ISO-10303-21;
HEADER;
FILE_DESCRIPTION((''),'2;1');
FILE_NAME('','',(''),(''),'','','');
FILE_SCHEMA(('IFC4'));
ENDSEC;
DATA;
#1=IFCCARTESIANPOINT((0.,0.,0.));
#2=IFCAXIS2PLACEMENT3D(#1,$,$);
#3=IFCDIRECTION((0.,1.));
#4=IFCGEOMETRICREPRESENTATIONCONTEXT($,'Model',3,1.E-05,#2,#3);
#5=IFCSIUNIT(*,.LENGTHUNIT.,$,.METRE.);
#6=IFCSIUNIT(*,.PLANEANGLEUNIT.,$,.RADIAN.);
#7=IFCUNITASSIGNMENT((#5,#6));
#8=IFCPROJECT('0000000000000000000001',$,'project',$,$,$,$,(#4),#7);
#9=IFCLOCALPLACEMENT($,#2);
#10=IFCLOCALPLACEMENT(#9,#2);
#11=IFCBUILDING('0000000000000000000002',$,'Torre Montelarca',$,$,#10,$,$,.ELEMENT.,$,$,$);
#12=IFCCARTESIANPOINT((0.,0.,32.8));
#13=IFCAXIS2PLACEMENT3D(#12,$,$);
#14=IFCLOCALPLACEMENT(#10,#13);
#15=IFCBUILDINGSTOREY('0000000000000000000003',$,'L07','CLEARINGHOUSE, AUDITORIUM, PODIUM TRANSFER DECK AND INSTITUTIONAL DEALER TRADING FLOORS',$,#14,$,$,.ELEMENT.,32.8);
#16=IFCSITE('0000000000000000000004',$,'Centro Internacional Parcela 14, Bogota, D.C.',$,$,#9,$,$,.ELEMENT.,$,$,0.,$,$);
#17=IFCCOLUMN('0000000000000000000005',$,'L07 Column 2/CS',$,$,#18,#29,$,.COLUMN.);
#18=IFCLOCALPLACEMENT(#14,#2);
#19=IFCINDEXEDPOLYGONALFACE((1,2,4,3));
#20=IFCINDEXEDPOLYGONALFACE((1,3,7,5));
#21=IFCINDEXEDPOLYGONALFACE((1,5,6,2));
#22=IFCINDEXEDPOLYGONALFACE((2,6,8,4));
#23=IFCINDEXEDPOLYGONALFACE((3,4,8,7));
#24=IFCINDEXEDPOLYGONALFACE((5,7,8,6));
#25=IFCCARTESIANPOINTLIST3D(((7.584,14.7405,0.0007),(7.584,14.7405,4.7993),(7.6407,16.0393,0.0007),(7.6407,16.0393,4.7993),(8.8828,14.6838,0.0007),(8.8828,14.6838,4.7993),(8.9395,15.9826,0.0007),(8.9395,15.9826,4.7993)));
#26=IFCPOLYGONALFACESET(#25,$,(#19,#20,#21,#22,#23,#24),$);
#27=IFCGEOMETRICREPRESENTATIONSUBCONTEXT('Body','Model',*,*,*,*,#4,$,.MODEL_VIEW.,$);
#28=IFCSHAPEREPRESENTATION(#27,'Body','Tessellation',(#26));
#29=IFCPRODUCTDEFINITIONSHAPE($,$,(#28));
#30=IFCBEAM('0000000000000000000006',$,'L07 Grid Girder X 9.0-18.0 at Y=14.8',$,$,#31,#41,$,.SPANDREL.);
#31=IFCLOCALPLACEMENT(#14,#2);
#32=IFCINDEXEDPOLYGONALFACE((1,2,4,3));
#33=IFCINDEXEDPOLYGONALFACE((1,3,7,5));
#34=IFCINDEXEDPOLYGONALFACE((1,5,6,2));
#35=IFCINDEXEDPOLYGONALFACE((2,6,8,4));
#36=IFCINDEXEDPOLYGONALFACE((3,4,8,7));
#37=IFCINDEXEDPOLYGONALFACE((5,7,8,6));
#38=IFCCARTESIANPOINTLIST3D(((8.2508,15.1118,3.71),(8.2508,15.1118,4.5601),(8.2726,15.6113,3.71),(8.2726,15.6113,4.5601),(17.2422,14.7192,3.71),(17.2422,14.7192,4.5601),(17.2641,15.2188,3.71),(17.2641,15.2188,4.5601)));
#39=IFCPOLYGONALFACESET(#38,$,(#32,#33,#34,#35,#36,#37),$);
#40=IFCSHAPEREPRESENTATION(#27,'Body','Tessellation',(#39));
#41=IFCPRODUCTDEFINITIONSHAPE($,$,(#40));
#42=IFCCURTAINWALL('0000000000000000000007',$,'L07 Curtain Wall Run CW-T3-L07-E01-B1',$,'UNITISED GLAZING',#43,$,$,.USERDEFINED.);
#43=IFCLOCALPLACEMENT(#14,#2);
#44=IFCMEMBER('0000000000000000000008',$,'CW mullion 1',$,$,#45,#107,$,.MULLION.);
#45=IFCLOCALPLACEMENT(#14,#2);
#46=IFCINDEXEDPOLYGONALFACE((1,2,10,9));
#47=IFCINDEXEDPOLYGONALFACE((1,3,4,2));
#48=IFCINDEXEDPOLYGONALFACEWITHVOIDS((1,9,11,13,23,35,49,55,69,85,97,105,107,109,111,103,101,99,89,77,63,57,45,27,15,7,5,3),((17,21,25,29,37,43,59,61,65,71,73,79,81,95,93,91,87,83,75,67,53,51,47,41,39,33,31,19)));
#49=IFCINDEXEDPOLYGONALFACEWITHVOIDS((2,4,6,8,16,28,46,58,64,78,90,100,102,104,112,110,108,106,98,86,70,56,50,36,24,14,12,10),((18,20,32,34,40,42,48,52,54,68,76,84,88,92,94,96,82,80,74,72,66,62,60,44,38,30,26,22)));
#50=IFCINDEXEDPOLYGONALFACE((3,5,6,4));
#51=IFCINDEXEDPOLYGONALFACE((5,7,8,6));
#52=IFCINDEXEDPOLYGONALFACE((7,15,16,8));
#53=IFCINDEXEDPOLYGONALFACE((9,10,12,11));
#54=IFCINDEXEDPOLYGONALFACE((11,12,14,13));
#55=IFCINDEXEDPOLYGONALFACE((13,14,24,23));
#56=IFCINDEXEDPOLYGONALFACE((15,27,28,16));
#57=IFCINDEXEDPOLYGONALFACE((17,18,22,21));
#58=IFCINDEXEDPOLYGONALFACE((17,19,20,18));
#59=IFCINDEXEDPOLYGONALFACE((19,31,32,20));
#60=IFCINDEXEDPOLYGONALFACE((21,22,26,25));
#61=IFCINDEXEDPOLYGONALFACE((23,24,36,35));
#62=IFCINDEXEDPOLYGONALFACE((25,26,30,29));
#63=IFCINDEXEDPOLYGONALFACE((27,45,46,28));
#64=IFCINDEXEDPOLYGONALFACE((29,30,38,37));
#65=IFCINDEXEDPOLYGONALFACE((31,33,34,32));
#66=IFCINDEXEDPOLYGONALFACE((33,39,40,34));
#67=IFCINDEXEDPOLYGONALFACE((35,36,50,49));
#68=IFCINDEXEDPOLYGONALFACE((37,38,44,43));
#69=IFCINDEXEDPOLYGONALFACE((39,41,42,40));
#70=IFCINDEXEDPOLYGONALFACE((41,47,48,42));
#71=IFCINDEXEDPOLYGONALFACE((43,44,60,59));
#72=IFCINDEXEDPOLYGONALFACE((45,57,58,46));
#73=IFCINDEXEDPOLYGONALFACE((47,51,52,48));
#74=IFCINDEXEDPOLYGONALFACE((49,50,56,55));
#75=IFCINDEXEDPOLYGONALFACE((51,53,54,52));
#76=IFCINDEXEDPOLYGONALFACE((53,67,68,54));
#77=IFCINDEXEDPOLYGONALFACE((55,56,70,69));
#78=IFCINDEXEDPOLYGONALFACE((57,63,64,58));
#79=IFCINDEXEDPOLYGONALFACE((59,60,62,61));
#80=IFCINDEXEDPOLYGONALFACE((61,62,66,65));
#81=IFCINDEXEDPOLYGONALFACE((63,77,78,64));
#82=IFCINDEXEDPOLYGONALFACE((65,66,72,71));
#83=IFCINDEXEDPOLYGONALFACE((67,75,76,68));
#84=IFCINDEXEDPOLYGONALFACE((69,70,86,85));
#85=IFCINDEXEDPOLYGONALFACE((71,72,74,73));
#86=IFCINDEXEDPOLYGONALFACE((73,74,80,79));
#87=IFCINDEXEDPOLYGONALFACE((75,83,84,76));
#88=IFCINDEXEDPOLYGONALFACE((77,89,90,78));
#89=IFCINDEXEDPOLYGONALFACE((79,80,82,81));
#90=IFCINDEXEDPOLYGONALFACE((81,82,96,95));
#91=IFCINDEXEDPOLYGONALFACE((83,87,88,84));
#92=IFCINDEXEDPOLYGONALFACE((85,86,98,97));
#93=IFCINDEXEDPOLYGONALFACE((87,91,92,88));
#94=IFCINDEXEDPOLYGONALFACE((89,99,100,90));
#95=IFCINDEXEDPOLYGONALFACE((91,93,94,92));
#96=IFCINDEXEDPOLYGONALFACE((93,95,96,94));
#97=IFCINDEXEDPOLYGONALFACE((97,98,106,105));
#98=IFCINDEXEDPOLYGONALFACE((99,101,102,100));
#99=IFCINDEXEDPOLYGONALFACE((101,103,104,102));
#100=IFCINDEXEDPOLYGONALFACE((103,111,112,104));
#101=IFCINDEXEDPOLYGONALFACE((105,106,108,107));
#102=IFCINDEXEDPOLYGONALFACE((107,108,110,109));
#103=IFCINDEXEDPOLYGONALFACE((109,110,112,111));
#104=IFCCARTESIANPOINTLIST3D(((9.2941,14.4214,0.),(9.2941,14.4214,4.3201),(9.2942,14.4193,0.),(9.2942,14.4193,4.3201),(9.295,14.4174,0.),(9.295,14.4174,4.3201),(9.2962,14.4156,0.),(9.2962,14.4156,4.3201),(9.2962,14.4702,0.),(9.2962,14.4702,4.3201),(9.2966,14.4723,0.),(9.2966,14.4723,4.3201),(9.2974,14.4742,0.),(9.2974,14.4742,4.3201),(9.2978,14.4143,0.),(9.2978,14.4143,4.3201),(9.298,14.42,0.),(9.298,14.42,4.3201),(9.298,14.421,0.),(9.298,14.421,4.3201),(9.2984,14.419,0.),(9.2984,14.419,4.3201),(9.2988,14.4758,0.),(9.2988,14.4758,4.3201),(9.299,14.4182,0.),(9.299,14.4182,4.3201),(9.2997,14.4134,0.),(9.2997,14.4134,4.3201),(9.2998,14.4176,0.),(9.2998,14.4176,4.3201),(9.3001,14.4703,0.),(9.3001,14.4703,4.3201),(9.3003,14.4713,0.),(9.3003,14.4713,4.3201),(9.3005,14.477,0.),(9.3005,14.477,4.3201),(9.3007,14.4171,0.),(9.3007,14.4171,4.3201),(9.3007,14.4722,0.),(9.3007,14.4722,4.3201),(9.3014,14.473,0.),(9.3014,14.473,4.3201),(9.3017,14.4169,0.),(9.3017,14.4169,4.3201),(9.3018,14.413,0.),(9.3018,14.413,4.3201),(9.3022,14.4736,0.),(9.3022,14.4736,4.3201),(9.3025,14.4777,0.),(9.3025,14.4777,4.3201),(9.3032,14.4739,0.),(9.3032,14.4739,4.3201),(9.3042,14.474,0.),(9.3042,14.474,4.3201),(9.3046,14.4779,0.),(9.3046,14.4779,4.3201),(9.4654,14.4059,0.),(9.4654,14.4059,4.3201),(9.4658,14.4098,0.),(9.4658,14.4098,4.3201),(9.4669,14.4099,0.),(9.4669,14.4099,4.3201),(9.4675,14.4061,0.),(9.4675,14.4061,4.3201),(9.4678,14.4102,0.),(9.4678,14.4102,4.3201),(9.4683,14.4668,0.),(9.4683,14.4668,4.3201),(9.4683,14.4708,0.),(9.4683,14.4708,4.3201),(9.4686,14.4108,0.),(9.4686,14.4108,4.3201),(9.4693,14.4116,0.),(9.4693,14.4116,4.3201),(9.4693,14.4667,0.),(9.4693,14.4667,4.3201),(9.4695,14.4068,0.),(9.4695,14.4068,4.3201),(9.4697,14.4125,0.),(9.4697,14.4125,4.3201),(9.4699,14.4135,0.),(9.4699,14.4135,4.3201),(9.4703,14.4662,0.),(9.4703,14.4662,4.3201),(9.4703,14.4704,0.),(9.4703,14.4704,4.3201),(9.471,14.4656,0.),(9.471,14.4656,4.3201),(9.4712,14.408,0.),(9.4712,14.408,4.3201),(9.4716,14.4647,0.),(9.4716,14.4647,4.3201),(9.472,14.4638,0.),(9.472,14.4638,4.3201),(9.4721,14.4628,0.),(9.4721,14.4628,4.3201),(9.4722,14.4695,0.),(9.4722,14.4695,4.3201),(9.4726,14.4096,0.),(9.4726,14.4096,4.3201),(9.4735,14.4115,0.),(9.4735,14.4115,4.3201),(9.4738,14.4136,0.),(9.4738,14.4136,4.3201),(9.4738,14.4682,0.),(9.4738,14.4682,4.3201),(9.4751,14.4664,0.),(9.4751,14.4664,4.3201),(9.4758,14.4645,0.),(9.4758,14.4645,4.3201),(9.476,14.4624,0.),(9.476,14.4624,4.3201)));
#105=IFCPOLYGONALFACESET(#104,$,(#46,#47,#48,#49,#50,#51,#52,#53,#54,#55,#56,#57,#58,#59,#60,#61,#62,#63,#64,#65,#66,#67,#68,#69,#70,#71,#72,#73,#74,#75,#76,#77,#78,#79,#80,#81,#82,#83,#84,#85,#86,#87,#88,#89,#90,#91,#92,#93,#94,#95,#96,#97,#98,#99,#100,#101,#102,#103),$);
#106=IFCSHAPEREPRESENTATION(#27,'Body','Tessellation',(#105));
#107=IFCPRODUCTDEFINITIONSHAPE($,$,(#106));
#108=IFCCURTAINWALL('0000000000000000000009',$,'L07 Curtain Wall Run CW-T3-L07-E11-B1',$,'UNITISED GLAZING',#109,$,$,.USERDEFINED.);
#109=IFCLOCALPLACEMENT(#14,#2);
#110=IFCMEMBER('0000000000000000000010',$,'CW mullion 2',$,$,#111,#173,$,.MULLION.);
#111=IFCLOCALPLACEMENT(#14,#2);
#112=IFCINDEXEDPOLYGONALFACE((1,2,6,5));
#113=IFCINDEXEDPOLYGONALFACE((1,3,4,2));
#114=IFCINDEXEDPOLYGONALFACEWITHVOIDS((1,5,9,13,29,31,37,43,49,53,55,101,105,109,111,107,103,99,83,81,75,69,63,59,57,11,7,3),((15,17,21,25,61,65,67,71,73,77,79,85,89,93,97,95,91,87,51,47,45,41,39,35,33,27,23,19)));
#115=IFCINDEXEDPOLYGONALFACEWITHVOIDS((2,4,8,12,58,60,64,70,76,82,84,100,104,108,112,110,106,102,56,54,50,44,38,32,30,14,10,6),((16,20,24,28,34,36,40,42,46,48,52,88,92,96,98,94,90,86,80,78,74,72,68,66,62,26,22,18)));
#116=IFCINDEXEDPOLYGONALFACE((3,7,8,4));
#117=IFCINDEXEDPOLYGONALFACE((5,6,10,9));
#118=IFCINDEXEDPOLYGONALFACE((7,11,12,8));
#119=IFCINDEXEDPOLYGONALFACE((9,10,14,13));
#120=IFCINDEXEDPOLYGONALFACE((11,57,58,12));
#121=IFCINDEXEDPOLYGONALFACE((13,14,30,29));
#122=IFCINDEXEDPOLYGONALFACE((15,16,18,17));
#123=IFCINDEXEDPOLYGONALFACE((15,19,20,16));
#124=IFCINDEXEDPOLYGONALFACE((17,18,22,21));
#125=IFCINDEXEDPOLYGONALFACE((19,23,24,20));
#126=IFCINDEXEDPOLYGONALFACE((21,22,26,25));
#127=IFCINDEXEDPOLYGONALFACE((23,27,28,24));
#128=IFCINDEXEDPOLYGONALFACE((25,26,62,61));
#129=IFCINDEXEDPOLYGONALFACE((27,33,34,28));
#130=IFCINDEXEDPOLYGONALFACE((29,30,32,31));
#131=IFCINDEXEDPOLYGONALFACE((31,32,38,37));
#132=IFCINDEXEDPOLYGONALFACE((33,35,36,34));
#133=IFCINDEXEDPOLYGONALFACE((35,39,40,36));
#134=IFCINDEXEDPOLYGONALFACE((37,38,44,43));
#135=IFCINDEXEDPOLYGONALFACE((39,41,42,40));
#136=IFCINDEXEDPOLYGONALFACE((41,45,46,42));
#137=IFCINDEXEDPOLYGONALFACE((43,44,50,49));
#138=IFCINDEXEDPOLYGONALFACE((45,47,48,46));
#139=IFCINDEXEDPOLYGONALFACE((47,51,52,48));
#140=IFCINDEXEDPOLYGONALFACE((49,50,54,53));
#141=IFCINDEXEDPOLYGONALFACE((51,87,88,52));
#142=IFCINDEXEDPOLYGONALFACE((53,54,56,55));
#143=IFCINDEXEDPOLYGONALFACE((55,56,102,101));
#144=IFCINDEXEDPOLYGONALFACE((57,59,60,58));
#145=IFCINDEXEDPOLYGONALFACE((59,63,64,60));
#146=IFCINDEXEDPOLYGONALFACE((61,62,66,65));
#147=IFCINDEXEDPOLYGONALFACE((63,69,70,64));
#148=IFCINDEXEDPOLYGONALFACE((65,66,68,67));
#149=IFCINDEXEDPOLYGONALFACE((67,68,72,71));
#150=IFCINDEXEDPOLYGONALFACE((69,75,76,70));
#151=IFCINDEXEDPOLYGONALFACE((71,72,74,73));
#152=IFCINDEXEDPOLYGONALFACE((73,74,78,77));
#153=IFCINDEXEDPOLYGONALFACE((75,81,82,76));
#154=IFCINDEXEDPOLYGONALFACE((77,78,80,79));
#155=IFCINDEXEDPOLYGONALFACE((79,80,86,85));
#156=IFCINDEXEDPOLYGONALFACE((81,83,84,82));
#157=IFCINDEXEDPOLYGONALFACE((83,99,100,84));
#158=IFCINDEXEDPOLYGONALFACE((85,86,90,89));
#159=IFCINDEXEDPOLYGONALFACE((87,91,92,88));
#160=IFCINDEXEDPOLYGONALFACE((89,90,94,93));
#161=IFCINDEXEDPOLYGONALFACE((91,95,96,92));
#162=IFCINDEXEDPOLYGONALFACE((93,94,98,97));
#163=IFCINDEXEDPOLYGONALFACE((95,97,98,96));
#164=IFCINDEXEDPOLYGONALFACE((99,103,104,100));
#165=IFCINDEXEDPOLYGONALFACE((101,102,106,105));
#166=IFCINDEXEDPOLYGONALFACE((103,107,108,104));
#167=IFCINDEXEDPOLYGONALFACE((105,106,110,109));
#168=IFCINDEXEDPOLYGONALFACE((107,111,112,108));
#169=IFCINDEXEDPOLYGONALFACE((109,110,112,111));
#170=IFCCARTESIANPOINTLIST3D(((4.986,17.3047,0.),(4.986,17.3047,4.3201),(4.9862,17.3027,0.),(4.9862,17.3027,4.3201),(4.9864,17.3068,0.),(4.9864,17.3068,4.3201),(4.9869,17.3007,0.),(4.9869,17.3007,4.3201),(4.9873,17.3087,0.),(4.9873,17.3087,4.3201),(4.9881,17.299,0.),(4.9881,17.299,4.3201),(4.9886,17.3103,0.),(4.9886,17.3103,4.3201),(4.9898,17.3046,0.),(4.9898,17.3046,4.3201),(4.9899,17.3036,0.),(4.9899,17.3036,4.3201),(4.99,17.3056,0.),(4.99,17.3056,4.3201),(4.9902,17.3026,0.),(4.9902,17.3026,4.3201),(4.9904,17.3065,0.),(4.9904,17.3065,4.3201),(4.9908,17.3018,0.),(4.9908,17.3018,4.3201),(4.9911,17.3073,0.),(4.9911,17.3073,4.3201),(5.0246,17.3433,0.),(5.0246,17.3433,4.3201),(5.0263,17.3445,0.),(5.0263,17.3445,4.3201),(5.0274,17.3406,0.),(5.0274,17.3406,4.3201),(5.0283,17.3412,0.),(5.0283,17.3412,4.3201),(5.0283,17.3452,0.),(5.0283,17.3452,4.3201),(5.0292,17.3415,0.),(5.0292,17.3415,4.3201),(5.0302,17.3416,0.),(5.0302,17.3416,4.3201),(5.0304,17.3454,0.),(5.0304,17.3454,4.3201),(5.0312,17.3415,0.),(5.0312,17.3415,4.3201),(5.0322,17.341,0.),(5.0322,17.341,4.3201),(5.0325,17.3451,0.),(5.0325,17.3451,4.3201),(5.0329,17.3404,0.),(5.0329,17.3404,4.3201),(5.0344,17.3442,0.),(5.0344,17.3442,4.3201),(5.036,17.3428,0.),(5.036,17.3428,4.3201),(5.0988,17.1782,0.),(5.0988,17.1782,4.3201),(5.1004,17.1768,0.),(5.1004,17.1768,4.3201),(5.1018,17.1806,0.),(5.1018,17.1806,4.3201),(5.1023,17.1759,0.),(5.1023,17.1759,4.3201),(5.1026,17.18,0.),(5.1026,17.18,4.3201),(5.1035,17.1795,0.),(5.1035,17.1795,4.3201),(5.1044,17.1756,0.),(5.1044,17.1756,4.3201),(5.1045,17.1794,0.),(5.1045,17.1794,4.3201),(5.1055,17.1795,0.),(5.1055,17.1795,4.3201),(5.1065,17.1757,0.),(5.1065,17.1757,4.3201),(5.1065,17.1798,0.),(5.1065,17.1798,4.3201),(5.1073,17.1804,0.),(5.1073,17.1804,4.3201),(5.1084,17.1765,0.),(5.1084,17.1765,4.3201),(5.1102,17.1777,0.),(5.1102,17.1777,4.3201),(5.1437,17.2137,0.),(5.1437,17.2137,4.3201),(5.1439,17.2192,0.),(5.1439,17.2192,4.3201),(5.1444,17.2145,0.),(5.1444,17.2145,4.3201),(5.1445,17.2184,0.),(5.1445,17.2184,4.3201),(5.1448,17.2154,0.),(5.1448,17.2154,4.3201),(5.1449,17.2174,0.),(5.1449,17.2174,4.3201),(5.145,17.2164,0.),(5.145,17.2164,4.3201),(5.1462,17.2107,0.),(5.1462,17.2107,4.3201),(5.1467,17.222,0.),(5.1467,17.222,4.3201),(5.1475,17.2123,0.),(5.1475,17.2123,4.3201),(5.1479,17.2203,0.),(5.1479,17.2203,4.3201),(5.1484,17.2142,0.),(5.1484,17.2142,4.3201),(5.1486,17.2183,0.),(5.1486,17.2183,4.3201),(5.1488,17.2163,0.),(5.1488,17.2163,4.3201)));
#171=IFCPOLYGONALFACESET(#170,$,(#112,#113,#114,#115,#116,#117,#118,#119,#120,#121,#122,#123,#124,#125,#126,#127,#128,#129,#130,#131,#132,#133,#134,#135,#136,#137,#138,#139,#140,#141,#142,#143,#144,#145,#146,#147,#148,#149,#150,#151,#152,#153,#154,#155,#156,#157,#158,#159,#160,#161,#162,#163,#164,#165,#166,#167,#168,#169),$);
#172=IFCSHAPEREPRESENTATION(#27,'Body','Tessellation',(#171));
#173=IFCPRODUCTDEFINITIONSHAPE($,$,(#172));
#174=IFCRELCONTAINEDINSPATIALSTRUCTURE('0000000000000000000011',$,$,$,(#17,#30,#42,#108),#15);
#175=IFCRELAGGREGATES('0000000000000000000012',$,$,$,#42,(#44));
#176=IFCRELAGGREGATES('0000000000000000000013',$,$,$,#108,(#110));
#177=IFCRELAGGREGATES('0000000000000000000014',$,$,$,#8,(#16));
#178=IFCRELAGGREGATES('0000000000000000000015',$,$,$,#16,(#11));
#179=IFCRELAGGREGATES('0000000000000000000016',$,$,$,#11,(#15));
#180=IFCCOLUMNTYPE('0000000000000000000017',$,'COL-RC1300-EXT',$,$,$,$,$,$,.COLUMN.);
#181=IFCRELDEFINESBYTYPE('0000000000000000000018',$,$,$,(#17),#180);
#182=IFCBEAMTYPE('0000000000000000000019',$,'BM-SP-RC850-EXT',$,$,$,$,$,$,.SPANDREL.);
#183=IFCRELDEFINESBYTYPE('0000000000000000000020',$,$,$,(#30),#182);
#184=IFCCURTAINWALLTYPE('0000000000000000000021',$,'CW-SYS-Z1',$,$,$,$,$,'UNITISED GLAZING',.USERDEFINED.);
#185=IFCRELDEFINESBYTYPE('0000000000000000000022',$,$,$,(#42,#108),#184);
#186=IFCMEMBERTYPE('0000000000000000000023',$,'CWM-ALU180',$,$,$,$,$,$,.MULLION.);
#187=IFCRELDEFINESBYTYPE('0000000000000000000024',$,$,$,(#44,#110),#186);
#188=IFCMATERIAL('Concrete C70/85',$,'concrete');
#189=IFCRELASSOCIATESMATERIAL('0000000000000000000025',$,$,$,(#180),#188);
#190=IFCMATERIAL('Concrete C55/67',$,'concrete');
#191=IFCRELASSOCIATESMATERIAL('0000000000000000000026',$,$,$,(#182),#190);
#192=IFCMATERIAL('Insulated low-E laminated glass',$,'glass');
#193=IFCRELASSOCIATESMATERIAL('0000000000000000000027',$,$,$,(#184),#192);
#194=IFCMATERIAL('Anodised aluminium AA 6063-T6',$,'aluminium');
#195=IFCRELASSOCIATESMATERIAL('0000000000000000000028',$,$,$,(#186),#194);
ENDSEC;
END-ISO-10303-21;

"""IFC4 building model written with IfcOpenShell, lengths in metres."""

from ifc_helpers import new_model, si_unit, direction, frame, origin, origin_2d, place, context, subcontext, project, spatial, rectangle, hollow_rectangle, extrude, source, transform, mapped, material, material_profile, profile_set, type_object, element, aggregate, save


model = new_model("IFC4")

# Units and contexts
model_context = context("Model", 3, precision=1e-05, world=origin(), true_north=direction((0.0, 1.0)))
body_context = subcontext(model_context, "Body", "Model", "MODEL_VIEW")
ifc_project = project(units=[si_unit("LENGTHUNIT", "METRE"), si_unit("PLANEANGLEUNIT", "RADIAN")], contexts=[model_context])

# Site, building, storey
site_placement = place(None, origin())
site = spatial("IfcSite", under=ifc_project, at=site_placement, Name="Centro Internacional Parcela 14, Bogota, D.C.", CompositionType="ELEMENT", RefElevation=0.0)
building_placement = place(site_placement, origin())
building = spatial("IfcBuilding", under=site, at=building_placement, Name="Torre Montelarca", CompositionType="ELEMENT")
storey_placement = place(building_placement, frame((0.0, 0.0, 32.8)))
storey = spatial("IfcBuildingStorey", under=building, at=storey_placement, Name="L07", Description="CLEARINGHOUSE, AUDITORIUM, PODIUM TRANSFER DECK AND INSTITUTIONAL DEALER TRADING FLOORS", CompositionType="ELEMENT", Elevation=32.8)

# Column
ifc_material_1 = material(Name="Concrete C70/85", Category="concrete")
ifc_material_profile_1 = material_profile(ifc_material_1, rectangle(XDim=1.3, YDim=1.3, at=origin_2d()), Name="RC1300X1300", Category="concrete")
ifc_profile_set_1 = profile_set([ifc_material_profile_1], Name="Concrete C70/85")
column_type = type_object("IfcColumnType", Name="COL-RC1300-EXT", PredefinedType="COLUMN", material=ifc_profile_set_1)
shared_shape_1 = source(origin(), body_context, "Body", "SweptSolid", [
    extrude(rectangle(XDim=1.3, YDim=1.3, at=origin_2d()), origin(), (0.0, 0.0, 1.0), 4.7986),
])
column_placement = place(storey_placement, frame((8.2617, 15.3616, 0.0007), z_axis=(0.0, 0.0, 1.0), x_axis=(-0.999048, 0.043619, 0.0)))
element("IfcColumn", 1, at=column_placement, inside=storey, type_object=column_type, Name="L07 Column 2/CS", PredefinedType="COLUMN", context=body_context, shape_type="MappedRepresentation", body=[
    mapped(shared_shape_1, transform((0.0, 0.0, 0.0), scale=1.0)),
])

# Beam
ifc_material_2 = material(Name="Concrete C55/67", Category="concrete")
ifc_material_profile_2 = material_profile(ifc_material_2, rectangle(XDim=0.5, YDim=0.8501, at=origin_2d()), Name="RCB500X850", Category="concrete")
ifc_profile_set_2 = profile_set([ifc_material_profile_2], Name="Concrete C55/67")
beam_type = type_object("IfcBeamType", Name="BM-SP-RC850-EXT", PredefinedType="SPANDREL", material=ifc_profile_set_2)
shared_shape_2 = source(origin(), body_context, "Body", "SweptSolid", [
    extrude(rectangle(XDim=0.5, YDim=0.8501, at=origin_2d()), origin(), (0.0, 0.0, 1.0), 9.0),
])
beam_placement = place(storey_placement, frame((8.2617, 15.3616, 4.135), z_axis=(0.999048, -0.04362, 0.0), x_axis=(0.04362, 0.999048, 0.0)))
element("IfcBeam", 2, at=beam_placement, inside=storey, type_object=beam_type, Name="L07 Grid Girder X 9.0-18.0 at Y=14.8", PredefinedType="SPANDREL", context=body_context, shape_type="MappedRepresentation", body=[
    mapped(shared_shape_2, transform((0.0, 0.0, 0.0), scale=1.0)),
])

# Curtain wall, member
ifc_material_3 = material(Name="Insulated low-E laminated glass", Category="glass")
curtain_wall_type = type_object("IfcCurtainWallType", Name="CW-SYS-Z1", ElementType="UNITISED GLAZING", PredefinedType="USERDEFINED", material=ifc_material_3)
curtain_wall_1_placement = place(storey_placement, origin())
curtain_wall_1 = element("IfcCurtainWall", 3, at=curtain_wall_1_placement, inside=storey, type_object=curtain_wall_type, Name="L07 Curtain Wall Run CW-T3-L07-E01-B1", ObjectType="UNITISED GLAZING", PredefinedType="USERDEFINED")
ifc_material_4 = material(Name="Anodised aluminium AA 6063-T6", Category="aluminium")
ifc_material_profile_3 = material_profile(ifc_material_4, hollow_rectangle(XDim=0.0649, YDim=0.1799, WallThickness=0.0039, InnerFilletRadius=0.0039, OuterFilletRadius=0.0081, at=origin_2d()), Name="ALU65X180X4", Category="aluminium")
ifc_profile_set_3 = profile_set([ifc_material_profile_3], Name="Anodised aluminium AA 6063-T6")
member_type_1 = type_object("IfcMemberType", Name="CWM-ALU180", PredefinedType="MULLION", material=ifc_profile_set_3)
shared_shape_3 = source(origin(), body_context, "Body", "SweptSolid", [
    extrude(hollow_rectangle(XDim=0.0649, YDim=0.1799, WallThickness=0.0039, InnerFilletRadius=0.0039, OuterFilletRadius=0.0081, at=origin_2d()), origin(), (0.0, 0.0, 1.0), 4.3201),
])
member_1_placement = place(storey_placement, frame((9.385, 14.4419, 0.0), z_axis=(0.0, 0.0, 1.0), x_axis=(0.043635, 0.999048, 0.0)))
member_1 = element("IfcMember", 4, at=member_1_placement, type_object=member_type_1, Name="CW mullion 1", PredefinedType="MULLION", context=body_context, shape_type="MappedRepresentation", body=[
    mapped(shared_shape_3, transform((0.0, 0.0, 0.0), scale=1.0)),
])

# Curtain wall, member
curtain_wall_2_placement = place(storey_placement, origin())
curtain_wall_2 = element("IfcCurtainWall", 5, at=curtain_wall_2_placement, inside=storey, type_object=curtain_wall_type, Name="L07 Curtain Wall Run CW-T3-L07-E11-B1", ObjectType="UNITISED GLAZING", PredefinedType="USERDEFINED")
member_2_placement = place(storey_placement, frame((5.0674, 17.2605, 0.0), z_axis=(0.0, 0.0, 1.0), x_axis=(0.737282, 0.675585, 0.0)))
member_2 = element("IfcMember", 6, at=member_2_placement, type_object=member_type_1, Name="CW mullion 2", PredefinedType="MULLION", context=body_context, shape_type="MappedRepresentation", body=[
    mapped(shared_shape_3, transform((0.0, 0.0, 0.0), scale=1.0)),
])

aggregate(curtain_wall_1, [member_1])

aggregate(curtain_wall_2, [member_2])

save(model, "model.ifc")
